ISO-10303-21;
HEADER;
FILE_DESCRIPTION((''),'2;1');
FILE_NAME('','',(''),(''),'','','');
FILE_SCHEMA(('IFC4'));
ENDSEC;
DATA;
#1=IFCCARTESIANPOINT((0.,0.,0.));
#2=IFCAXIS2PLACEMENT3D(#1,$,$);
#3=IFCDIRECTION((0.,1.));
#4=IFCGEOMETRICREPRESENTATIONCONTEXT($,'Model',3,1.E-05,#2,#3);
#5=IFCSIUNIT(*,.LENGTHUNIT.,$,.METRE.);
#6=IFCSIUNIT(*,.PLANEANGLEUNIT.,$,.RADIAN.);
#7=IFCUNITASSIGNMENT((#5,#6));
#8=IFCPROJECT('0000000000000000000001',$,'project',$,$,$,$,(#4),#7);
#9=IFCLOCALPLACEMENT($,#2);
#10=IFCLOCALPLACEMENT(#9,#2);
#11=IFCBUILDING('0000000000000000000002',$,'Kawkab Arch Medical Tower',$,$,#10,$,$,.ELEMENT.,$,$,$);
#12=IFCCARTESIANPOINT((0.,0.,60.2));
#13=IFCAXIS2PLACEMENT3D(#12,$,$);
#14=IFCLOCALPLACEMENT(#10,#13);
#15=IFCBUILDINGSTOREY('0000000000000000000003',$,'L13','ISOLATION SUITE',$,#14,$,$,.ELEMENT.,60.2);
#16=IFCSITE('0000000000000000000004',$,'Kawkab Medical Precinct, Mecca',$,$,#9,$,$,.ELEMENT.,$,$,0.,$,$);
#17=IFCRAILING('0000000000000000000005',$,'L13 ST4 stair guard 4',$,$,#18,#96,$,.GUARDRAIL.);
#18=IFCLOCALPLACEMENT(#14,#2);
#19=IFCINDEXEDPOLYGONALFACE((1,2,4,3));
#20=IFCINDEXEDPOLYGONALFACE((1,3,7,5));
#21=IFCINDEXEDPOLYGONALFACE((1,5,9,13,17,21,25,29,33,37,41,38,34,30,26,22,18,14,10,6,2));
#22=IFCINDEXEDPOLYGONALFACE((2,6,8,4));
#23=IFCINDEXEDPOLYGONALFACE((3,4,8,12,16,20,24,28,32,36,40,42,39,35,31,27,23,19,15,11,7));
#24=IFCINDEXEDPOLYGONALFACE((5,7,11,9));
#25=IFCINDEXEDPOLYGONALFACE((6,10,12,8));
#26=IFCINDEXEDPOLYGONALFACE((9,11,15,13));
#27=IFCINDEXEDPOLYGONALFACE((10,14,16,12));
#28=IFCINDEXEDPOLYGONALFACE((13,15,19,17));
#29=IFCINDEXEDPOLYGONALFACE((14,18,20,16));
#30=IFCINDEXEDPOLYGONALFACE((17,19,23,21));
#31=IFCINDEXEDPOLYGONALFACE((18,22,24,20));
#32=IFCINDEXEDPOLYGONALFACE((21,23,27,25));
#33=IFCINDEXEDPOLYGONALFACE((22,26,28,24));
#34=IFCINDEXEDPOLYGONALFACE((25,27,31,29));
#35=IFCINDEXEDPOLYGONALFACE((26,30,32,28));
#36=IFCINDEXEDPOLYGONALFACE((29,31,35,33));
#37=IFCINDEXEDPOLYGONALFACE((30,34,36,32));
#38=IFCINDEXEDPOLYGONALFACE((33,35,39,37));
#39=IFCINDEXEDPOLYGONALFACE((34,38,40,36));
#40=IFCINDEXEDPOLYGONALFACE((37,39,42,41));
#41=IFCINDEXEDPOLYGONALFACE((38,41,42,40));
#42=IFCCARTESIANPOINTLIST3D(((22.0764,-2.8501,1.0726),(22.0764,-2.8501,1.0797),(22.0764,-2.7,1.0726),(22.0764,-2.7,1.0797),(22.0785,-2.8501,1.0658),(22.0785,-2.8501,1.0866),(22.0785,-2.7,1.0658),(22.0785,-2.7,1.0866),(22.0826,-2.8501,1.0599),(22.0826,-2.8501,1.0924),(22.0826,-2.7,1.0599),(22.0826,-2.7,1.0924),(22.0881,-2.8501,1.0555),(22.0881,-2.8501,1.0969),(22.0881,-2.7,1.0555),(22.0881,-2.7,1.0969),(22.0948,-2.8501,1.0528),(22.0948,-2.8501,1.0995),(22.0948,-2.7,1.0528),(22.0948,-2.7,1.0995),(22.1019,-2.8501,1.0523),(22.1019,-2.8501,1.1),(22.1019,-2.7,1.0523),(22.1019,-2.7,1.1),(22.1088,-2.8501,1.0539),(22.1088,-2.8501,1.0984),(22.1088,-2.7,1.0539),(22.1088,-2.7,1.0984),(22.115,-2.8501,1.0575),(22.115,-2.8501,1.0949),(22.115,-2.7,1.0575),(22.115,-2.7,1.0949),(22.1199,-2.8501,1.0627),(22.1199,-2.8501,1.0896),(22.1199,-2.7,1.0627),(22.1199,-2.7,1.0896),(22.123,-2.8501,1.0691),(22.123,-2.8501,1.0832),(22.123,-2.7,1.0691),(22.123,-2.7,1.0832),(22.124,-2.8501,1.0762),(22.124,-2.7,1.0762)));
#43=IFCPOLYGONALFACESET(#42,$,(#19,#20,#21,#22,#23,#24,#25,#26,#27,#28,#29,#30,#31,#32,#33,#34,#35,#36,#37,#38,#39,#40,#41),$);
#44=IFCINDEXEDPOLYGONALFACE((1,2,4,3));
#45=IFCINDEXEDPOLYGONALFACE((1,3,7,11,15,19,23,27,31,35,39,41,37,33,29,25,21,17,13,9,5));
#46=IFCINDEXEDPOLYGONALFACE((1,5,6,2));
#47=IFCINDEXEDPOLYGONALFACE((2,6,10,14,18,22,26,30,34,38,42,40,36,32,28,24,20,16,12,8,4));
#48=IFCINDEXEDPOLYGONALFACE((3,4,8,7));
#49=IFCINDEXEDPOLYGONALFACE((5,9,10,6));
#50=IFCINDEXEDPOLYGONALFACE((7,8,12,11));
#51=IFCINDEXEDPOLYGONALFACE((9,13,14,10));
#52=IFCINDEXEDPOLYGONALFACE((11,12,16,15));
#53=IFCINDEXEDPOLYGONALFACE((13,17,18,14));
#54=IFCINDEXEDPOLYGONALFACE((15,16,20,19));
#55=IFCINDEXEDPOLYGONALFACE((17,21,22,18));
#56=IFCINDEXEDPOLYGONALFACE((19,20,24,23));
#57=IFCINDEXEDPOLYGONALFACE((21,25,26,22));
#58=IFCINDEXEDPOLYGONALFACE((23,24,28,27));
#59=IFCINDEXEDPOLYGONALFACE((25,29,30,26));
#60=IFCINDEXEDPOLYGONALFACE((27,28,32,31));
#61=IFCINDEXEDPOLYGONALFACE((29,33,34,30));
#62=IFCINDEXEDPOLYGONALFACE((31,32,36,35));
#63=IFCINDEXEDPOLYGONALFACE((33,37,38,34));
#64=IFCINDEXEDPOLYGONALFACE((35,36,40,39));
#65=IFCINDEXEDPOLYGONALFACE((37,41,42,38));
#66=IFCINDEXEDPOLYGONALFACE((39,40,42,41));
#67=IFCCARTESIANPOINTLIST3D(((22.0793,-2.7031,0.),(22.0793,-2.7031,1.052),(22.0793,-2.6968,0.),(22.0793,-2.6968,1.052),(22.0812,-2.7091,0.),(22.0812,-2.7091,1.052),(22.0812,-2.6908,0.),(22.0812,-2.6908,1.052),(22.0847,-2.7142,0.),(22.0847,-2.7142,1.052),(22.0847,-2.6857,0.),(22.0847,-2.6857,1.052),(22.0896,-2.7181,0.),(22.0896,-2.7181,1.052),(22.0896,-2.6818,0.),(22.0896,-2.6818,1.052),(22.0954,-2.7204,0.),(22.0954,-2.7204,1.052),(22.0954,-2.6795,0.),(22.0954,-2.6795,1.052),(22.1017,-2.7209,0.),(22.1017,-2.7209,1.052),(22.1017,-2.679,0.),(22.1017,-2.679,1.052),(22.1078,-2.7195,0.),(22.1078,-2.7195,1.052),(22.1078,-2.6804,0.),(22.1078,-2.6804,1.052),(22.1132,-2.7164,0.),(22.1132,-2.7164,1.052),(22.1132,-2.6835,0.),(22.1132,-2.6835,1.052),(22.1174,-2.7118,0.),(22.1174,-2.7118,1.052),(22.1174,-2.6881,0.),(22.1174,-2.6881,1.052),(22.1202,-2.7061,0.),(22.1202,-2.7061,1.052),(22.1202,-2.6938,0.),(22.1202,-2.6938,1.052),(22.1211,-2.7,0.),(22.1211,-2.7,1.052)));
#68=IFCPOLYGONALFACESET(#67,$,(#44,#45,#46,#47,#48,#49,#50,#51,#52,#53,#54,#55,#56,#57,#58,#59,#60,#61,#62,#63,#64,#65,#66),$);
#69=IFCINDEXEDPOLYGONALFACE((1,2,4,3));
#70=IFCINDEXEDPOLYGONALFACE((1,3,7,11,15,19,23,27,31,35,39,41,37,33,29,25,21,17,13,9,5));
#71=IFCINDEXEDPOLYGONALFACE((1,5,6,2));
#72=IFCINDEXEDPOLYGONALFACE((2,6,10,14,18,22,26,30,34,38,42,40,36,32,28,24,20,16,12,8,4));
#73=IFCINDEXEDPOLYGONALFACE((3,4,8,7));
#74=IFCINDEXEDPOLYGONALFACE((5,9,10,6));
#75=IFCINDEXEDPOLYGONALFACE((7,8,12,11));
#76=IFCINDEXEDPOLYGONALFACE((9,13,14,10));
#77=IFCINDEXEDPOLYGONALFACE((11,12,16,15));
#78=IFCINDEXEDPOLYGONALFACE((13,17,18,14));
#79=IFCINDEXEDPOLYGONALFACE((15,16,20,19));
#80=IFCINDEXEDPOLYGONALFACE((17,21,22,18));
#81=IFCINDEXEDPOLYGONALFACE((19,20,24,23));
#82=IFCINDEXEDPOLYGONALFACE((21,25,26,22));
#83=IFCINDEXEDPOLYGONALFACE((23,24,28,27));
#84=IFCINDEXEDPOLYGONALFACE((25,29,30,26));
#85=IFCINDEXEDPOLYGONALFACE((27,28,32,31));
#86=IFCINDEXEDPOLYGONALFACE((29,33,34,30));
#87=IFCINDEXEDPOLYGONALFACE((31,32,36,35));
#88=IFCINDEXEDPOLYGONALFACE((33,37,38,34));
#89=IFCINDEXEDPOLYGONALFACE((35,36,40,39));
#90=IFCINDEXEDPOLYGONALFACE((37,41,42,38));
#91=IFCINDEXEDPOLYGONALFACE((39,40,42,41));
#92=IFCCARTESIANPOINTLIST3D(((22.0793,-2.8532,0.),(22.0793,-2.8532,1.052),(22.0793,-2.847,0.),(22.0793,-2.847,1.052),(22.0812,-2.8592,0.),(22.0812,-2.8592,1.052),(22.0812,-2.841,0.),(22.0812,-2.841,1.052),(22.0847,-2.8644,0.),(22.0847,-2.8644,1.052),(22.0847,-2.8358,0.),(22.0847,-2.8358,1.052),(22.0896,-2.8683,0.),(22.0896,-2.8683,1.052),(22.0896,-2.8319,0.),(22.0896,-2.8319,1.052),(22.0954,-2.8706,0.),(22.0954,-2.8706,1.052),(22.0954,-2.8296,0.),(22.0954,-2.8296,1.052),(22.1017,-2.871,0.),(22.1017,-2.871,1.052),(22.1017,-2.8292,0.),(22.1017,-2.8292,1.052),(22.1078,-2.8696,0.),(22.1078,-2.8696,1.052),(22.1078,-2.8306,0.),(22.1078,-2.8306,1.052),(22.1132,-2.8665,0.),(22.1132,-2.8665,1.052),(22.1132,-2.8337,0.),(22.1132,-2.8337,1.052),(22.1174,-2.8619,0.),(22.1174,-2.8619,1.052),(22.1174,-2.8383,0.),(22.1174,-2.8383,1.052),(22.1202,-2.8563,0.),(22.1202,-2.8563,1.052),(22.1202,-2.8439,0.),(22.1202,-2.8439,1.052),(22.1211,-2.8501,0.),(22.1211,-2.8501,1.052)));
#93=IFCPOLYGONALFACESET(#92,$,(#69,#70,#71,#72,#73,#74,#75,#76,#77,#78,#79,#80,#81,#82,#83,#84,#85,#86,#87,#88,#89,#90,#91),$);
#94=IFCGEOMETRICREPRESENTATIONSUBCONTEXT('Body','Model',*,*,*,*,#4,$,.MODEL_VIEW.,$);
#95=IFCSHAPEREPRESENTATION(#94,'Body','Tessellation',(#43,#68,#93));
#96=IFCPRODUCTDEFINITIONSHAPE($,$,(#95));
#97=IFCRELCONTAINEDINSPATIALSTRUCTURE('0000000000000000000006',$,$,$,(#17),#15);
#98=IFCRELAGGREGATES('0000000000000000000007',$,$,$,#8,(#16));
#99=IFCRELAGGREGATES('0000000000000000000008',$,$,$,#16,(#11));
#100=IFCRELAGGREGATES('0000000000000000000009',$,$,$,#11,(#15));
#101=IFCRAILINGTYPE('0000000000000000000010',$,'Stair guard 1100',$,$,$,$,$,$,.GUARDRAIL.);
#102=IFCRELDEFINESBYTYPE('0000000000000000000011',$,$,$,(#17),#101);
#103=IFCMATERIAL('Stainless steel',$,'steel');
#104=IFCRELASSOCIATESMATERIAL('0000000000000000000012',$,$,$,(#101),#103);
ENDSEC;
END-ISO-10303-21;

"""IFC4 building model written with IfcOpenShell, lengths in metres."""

from ifc_helpers import new_model, si_unit, direction, frame, origin, origin_2d, place, context, subcontext, project, spatial, circle, extrude, material, type_object, element, save


model = new_model("IFC4")

# Units and contexts
model_context = context("Model", 3, precision=1e-05, world=origin(), true_north=direction((0.0, 1.0)))
body_context = subcontext(model_context, "Body", "Model", "MODEL_VIEW")
ifc_project = project(units=[si_unit("LENGTHUNIT", "METRE"), si_unit("PLANEANGLEUNIT", "RADIAN")], contexts=[model_context])

# Site, building, storey
site_placement = place(None, origin())
site = spatial("IfcSite", under=ifc_project, at=site_placement, Name="Kawkab Medical Precinct, Mecca", CompositionType="ELEMENT", RefElevation=0.0)
building_placement = place(site_placement, origin())
building = spatial("IfcBuilding", under=site, at=building_placement, Name="Kawkab Arch Medical Tower", CompositionType="ELEMENT")
storey_placement = place(building_placement, frame((0.0, 0.0, 60.2)))
storey = spatial("IfcBuildingStorey", under=building, at=storey_placement, Name="L13", Description="ISOLATION SUITE", CompositionType="ELEMENT", Elevation=60.2)

# Railing
ifc_material_1 = material(Name="Stainless steel", Category="steel")
railing_type = type_object("IfcRailingType", Name="Stair guard 1100", PredefinedType="GUARDRAIL", material=ifc_material_1)
railing_1_placement = place(storey_placement, frame((22.1001, -2.7, 0.0)))
element("IfcRailing", 1, at=railing_1_placement, inside=storey, type_object=railing_type, Name="L13 ST4 stair guard 4", PredefinedType="GUARDRAIL", context=body_context, shape_type="SweptSolid", body=[
    extrude(circle(Radius=0.0239, at=origin_2d()), frame((0.0, 0.0, 1.0762), z_axis=(0.0, -1.0, 0.0), x_axis=(1.0, 0.0, 0.0)), (0.0, 0.0, 1.0), 0.1501),
    extrude(circle(Radius=0.021, at=origin_2d()), origin(), (0.0, 0.0, 1.0), 1.052),
    extrude(circle(Radius=0.021, at=origin_2d()), frame((0.0, -0.1501, 0.0)), (0.0, 0.0, 1.0), 1.052),
])

save(model, "model.ifc")
